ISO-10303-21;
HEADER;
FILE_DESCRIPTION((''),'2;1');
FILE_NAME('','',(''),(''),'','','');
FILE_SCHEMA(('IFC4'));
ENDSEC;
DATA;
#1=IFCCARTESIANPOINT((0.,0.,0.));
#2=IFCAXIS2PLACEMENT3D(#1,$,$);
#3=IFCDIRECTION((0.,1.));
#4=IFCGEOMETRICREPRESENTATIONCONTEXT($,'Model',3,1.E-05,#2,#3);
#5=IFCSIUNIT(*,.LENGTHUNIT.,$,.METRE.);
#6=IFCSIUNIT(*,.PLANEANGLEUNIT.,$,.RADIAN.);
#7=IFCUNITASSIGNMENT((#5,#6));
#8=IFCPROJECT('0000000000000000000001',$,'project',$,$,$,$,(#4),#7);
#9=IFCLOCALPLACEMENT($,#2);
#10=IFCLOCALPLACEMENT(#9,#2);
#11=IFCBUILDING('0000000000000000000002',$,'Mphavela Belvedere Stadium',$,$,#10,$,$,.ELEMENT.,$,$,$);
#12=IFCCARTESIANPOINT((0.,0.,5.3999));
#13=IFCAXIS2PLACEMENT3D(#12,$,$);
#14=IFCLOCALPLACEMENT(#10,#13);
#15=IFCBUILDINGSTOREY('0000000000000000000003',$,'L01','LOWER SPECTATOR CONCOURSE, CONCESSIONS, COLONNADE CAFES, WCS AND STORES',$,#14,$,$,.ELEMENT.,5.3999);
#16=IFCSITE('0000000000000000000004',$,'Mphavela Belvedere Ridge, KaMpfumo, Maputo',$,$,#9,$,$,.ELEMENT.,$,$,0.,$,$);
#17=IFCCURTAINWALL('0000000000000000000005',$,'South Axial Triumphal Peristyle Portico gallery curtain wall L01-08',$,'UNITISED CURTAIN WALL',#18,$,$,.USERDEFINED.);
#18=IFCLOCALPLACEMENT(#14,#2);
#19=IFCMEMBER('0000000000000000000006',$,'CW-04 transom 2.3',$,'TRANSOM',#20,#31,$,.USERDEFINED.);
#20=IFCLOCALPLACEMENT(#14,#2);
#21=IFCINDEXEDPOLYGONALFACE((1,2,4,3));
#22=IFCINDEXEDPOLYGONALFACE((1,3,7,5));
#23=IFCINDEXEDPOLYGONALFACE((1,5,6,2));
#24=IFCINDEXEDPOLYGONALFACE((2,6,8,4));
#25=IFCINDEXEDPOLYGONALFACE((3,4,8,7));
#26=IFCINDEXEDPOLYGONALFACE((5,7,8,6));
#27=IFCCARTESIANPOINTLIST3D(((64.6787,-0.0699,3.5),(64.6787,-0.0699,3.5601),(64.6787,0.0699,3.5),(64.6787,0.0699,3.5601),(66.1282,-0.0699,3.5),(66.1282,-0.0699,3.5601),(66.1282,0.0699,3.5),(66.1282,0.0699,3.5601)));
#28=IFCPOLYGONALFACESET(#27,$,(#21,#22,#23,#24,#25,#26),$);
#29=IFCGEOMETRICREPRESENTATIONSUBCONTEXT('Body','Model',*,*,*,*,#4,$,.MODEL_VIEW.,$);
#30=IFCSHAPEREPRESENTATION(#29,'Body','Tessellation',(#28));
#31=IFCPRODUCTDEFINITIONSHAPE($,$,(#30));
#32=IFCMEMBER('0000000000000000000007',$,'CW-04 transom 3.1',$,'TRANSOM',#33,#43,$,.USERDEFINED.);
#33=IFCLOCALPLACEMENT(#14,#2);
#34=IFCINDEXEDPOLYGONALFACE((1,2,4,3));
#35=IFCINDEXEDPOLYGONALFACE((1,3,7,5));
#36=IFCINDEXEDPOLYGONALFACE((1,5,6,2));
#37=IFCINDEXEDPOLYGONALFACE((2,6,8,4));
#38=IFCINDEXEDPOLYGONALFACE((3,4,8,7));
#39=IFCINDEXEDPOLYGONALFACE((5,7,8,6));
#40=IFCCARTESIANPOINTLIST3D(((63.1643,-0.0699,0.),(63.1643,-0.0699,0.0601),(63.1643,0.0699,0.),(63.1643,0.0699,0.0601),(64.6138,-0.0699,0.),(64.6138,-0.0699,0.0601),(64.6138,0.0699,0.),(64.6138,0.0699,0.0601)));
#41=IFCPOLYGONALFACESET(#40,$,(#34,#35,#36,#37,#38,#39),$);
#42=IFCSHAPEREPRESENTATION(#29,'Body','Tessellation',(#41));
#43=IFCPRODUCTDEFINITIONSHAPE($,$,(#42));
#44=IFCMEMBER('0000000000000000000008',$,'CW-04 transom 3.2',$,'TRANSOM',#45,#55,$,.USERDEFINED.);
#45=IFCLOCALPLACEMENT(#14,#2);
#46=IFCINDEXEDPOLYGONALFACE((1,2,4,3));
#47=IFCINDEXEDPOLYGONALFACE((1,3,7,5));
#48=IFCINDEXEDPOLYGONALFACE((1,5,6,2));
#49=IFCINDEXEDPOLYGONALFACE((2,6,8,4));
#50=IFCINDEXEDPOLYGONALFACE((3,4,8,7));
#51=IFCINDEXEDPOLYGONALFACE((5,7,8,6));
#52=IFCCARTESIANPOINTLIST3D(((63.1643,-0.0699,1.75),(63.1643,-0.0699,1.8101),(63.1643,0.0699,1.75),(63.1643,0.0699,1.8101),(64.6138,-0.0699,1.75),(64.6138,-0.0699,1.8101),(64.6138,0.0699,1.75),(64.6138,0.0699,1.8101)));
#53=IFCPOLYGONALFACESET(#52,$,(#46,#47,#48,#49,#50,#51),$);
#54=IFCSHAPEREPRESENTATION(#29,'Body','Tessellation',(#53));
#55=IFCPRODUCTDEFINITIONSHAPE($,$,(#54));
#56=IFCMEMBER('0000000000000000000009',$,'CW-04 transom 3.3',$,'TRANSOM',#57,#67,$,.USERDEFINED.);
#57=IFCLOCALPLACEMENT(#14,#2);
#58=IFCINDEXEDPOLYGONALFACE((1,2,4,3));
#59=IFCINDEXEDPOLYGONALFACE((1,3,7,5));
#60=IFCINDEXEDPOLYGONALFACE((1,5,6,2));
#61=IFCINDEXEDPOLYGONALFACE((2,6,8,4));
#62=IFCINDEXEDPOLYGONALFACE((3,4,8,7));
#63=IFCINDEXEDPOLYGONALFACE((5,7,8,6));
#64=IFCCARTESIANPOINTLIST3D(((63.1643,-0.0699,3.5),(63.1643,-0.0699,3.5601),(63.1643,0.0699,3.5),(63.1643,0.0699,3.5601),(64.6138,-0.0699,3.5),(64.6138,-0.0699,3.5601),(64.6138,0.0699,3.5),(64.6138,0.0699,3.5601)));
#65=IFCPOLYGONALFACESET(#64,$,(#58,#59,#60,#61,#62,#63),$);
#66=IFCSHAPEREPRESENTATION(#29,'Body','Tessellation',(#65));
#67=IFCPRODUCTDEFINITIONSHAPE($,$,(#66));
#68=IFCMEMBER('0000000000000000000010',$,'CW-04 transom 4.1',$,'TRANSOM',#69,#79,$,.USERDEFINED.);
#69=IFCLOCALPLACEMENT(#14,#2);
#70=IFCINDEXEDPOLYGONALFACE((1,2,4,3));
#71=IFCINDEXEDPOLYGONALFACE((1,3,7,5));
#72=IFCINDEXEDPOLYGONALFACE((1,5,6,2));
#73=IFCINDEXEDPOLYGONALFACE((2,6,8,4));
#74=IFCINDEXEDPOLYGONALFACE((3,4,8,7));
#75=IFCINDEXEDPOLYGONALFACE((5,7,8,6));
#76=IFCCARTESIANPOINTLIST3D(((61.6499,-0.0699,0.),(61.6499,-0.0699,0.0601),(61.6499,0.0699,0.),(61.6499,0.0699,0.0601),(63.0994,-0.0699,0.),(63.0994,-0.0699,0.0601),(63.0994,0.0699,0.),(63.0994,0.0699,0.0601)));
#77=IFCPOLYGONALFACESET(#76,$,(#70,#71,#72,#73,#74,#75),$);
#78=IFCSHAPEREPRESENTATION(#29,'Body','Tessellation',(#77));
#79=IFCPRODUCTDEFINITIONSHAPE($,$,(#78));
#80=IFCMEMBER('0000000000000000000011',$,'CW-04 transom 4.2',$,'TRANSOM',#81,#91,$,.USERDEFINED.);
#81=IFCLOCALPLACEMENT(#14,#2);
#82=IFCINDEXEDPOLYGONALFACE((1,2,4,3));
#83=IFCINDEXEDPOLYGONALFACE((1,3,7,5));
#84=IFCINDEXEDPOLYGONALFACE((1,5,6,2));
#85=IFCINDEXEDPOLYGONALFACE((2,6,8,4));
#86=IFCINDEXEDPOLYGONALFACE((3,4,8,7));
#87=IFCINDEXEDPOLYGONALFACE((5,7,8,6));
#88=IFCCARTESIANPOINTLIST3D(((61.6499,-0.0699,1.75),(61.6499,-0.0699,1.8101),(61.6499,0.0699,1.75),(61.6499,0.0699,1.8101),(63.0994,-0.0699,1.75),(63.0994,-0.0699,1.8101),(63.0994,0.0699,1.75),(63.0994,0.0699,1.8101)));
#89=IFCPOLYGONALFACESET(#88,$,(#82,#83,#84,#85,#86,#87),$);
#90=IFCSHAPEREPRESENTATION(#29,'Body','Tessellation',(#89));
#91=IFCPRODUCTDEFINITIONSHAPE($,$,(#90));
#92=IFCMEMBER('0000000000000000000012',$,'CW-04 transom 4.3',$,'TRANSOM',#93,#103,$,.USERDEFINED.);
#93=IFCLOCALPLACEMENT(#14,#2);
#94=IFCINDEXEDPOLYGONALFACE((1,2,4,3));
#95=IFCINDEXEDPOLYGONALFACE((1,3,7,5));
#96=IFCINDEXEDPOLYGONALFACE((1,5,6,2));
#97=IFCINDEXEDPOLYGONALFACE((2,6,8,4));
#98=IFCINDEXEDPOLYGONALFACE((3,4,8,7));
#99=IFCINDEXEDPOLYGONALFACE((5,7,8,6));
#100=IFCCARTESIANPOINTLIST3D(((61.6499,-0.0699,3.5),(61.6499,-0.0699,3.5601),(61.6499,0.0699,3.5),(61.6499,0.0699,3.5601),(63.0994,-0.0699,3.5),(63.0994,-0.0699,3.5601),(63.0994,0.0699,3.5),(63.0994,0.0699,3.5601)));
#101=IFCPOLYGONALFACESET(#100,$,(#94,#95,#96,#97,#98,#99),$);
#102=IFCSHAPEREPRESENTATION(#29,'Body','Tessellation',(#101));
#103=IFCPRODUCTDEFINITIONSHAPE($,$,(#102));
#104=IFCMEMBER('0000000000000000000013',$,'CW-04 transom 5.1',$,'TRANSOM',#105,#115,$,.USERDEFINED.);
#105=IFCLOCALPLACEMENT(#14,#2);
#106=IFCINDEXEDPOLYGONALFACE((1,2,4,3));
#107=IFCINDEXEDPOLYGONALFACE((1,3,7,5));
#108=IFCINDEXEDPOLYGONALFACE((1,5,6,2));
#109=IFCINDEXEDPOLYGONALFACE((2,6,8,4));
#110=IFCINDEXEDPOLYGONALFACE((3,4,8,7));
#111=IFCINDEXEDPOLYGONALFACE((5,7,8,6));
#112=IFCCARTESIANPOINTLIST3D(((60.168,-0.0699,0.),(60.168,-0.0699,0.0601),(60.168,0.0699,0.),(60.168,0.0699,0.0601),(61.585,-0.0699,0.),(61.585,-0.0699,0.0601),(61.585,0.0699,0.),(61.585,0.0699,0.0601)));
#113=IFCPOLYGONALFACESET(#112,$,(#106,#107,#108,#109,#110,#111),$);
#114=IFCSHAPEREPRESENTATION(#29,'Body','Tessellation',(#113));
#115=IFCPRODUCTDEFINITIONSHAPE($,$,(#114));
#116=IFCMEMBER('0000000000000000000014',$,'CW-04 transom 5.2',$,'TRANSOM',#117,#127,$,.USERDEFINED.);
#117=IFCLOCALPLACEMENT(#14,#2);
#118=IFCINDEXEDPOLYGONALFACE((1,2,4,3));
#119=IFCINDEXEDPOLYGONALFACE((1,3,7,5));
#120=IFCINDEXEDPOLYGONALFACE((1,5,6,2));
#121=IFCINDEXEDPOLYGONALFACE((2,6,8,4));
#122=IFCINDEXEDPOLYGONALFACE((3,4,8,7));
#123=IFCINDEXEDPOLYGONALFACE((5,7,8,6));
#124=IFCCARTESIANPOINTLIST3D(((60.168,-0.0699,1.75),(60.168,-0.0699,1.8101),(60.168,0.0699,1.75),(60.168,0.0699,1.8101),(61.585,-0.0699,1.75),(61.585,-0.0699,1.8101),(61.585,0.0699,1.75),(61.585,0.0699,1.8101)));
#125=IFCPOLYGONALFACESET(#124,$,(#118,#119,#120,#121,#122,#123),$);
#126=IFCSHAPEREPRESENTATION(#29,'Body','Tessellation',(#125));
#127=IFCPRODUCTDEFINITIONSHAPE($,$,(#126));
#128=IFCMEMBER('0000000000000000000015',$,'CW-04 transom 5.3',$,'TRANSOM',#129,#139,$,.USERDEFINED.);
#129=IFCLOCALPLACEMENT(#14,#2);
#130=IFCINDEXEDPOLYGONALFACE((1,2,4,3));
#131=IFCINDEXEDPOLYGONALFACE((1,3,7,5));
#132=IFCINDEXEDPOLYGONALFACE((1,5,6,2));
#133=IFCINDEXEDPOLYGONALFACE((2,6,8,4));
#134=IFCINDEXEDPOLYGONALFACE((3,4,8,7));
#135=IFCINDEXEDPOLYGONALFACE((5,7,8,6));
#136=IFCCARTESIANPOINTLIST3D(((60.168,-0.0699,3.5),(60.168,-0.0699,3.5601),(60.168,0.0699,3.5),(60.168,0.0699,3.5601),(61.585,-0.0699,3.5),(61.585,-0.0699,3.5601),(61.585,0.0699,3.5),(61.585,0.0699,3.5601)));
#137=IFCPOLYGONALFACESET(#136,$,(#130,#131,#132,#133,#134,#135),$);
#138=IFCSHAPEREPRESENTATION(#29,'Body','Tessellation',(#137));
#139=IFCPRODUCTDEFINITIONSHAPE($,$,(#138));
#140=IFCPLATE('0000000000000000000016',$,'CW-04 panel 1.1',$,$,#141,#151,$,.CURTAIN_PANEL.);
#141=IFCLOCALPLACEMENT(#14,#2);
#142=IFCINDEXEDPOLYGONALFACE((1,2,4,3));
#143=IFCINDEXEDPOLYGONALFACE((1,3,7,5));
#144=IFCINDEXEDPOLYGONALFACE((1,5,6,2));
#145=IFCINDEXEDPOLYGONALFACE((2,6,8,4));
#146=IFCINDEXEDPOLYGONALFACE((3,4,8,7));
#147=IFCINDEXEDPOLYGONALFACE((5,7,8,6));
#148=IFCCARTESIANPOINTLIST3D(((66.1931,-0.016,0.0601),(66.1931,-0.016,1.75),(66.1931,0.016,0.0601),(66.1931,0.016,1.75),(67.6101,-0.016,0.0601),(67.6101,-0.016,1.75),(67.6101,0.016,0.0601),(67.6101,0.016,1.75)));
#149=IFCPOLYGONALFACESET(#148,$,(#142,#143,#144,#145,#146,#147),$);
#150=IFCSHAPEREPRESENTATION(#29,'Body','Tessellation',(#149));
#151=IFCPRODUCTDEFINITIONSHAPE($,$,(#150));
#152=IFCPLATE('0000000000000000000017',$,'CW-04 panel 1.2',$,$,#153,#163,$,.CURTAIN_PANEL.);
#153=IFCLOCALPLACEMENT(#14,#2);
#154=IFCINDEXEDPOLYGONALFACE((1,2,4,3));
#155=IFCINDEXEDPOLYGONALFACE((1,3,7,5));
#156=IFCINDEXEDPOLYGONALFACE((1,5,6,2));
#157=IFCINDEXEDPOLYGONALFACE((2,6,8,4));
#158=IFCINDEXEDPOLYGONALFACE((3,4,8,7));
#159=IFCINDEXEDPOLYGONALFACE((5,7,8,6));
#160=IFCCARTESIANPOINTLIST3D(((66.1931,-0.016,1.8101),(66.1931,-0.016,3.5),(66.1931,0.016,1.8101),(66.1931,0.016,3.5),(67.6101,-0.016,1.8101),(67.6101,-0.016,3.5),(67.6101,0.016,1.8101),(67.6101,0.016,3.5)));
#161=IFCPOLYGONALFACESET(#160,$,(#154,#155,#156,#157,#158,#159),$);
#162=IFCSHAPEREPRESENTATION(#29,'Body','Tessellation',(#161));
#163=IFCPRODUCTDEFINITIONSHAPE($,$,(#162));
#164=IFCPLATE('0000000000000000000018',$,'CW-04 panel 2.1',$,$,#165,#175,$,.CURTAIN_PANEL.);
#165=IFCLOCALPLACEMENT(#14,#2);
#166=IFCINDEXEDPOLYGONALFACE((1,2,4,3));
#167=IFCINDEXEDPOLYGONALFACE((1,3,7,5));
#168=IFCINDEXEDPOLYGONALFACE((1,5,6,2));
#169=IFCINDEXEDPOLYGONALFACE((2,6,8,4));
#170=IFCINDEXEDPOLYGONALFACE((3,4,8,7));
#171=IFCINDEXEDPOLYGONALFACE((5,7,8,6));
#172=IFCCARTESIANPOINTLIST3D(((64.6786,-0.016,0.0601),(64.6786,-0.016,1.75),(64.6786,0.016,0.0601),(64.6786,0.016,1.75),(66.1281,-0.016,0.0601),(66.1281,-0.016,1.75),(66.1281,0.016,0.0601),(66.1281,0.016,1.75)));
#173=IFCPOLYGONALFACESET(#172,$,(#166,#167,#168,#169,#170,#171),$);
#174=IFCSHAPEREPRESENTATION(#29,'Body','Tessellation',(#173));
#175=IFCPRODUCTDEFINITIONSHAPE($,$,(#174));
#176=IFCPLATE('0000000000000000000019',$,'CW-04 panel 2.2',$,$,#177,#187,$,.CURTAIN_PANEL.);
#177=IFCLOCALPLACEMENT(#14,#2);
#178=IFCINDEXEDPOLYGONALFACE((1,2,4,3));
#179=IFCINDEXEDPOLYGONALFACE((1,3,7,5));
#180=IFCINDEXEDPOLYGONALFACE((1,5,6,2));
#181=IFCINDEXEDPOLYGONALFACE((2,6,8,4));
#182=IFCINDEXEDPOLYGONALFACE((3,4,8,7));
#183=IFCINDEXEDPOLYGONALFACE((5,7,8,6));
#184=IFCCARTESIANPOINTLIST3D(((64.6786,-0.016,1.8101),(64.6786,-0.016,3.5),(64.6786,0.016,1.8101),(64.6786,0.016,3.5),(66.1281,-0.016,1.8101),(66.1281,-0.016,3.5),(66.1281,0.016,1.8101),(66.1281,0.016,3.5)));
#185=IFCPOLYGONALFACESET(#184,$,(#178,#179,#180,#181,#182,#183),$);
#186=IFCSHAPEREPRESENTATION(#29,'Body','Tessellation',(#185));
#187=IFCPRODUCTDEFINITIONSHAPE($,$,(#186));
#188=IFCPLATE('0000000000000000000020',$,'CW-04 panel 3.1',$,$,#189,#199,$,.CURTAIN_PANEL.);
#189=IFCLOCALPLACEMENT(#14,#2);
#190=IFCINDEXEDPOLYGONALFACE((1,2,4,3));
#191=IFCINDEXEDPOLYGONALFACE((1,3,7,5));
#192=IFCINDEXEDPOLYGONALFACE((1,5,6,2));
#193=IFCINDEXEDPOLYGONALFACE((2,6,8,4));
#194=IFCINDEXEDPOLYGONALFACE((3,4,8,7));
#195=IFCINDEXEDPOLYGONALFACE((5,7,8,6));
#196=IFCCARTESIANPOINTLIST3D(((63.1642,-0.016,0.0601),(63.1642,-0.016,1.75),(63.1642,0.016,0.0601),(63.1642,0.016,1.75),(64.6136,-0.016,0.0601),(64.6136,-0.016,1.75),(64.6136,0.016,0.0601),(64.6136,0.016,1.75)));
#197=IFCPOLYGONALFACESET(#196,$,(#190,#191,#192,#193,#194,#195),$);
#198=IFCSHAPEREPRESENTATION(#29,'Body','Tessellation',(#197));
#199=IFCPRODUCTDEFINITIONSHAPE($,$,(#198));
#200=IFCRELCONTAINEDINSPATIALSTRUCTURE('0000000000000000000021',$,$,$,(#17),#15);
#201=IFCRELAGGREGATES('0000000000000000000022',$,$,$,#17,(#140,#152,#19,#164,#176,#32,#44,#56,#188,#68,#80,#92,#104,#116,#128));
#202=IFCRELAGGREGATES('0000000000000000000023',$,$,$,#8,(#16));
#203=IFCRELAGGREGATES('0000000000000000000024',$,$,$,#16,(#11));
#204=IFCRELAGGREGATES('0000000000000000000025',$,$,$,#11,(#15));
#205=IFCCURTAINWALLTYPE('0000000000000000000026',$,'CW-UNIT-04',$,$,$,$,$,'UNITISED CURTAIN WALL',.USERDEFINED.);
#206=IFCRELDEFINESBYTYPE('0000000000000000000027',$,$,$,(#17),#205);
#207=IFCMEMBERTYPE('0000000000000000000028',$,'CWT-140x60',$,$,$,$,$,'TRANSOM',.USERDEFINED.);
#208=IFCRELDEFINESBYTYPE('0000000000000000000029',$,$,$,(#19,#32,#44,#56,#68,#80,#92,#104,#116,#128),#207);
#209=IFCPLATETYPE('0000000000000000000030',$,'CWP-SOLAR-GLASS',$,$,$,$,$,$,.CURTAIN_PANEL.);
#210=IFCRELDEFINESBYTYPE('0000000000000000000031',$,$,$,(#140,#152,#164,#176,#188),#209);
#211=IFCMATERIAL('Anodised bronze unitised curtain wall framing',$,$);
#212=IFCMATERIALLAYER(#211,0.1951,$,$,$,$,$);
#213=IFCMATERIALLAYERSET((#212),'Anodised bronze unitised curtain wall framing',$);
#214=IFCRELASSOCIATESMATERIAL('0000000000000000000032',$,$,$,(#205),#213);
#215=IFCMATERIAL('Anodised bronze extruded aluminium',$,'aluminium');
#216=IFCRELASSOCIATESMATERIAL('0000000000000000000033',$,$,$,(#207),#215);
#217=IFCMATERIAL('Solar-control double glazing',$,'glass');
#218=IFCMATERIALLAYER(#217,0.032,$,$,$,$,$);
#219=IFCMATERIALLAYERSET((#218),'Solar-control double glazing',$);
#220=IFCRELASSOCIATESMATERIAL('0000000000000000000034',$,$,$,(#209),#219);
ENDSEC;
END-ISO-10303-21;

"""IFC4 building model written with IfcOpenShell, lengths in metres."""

from ifc_helpers import new_model, si_unit, direction, frame, origin, origin_2d, place, context, subcontext, project, spatial, rectangle, extrude, material, layer, layer_set, material_profile, profile_set, type_object, element, aggregate, save


model = new_model("IFC4")

# Units and contexts
model_context = context("Model", 3, precision=1e-05, world=origin(), true_north=direction((0.0, 1.0)))
body_context = subcontext(model_context, "Body", "Model", "MODEL_VIEW")
ifc_project = project(units=[si_unit("LENGTHUNIT", "METRE"), si_unit("PLANEANGLEUNIT", "RADIAN")], contexts=[model_context])

# Site, building, storey
site_placement = place(None, origin())
site = spatial("IfcSite", under=ifc_project, at=site_placement, Name="Mphavela Belvedere Ridge, KaMpfumo, Maputo", CompositionType="ELEMENT", RefElevation=0.0)
building_placement = place(site_placement, origin())
building = spatial("IfcBuilding", under=site, at=building_placement, Name="Mphavela Belvedere Stadium", CompositionType="ELEMENT")
storey_placement = place(building_placement, frame((0.0, 0.0, 5.3999)))
storey = spatial("IfcBuildingStorey", under=building, at=storey_placement, Name="L01", Description="LOWER SPECTATOR CONCOURSE, CONCESSIONS, COLONNADE CAFES, WCS AND STORES", CompositionType="ELEMENT", Elevation=5.3999)

# Curtain wall, members, plates
ifc_material_1 = material(Name="Anodised bronze unitised curtain wall framing")
ifc_layer_1 = layer(ifc_material_1, 0.1951)
ifc_layer_set_1 = layer_set([ifc_layer_1], Name="Anodised bronze unitised curtain wall framing")
curtain_wall_type = type_object("IfcCurtainWallType", Name="CW-UNIT-04", ElementType="UNITISED CURTAIN WALL", PredefinedType="USERDEFINED", material=ifc_layer_set_1)
curtain_wall_placement = place(storey_placement, origin())
curtain_wall = element("IfcCurtainWall", 1, at=curtain_wall_placement, inside=storey, type_object=curtain_wall_type, Name="South Axial Triumphal Peristyle Portico gallery curtain wall L01-08", ObjectType="UNITISED CURTAIN WALL", PredefinedType="USERDEFINED")
ifc_material_2 = material(Name="Anodised bronze extruded aluminium", Category="aluminium")
ifc_material_profile_1 = material_profile(ifc_material_2, rectangle(XDim=0.1399, YDim=0.0601, at=origin_2d()), Name="CW-TRN 140x60")
ifc_profile_set_1 = profile_set([ifc_material_profile_1], Name="Anodised bronze extruded aluminium")
member_type_1 = type_object("IfcMemberType", Name="CWT-140x60", ElementType="TRANSOM", PredefinedType="USERDEFINED", material=ifc_profile_set_1)
member_1_placement = place(storey_placement, frame((66.1282, 0.0, 3.53), z_axis=(-1.0, 0.0, 0.0), x_axis=(0.0, -1.0, 0.0)))
member_1 = element("IfcMember", 2, at=member_1_placement, type_object=member_type_1, Name="CW-04 transom 2.3", ObjectType="TRANSOM", PredefinedType="USERDEFINED", context=body_context, shape_type="SweptSolid", body=[
    extrude(rectangle(XDim=0.1399, YDim=0.0601, at=origin_2d()), origin(), (0.0, 0.0, 1.0), 1.4495),
])
member_2_placement = place(storey_placement, frame((64.6138, 0.0, 0.03), z_axis=(-1.0, 0.0, 0.0), x_axis=(0.0, -1.0, 0.0)))
member_2 = element("IfcMember", 3, at=member_2_placement, type_object=member_type_1, Name="CW-04 transom 3.1", ObjectType="TRANSOM", PredefinedType="USERDEFINED", context=body_context, shape_type="SweptSolid", body=[
    extrude(rectangle(XDim=0.1399, YDim=0.0601, at=origin_2d()), origin(), (0.0, 0.0, 1.0), 1.4495),
])
member_3_placement = place(storey_placement, frame((64.6138, 0.0, 1.78), z_axis=(-1.0, 0.0, 0.0), x_axis=(0.0, -1.0, 0.0)))
member_3 = element("IfcMember", 4, at=member_3_placement, type_object=member_type_1, Name="CW-04 transom 3.2", ObjectType="TRANSOM", PredefinedType="USERDEFINED", context=body_context, shape_type="SweptSolid", body=[
    extrude(rectangle(XDim=0.1399, YDim=0.0601, at=origin_2d()), origin(), (0.0, 0.0, 1.0), 1.4495),
])
member_4_placement = place(storey_placement, frame((64.6138, 0.0, 3.53), z_axis=(-1.0, 0.0, 0.0), x_axis=(0.0, -1.0, 0.0)))
member_4 = element("IfcMember", 5, at=member_4_placement, type_object=member_type_1, Name="CW-04 transom 3.3", ObjectType="TRANSOM", PredefinedType="USERDEFINED", context=body_context, shape_type="SweptSolid", body=[
    extrude(rectangle(XDim=0.1399, YDim=0.0601, at=origin_2d()), origin(), (0.0, 0.0, 1.0), 1.4495),
])
member_5_placement = place(storey_placement, frame((63.0994, 0.0, 0.03), z_axis=(-1.0, 0.0, 0.0), x_axis=(0.0, -1.0, 0.0)))
member_5 = element("IfcMember", 6, at=member_5_placement, type_object=member_type_1, Name="CW-04 transom 4.1", ObjectType="TRANSOM", PredefinedType="USERDEFINED", context=body_context, shape_type="SweptSolid", body=[
    extrude(rectangle(XDim=0.1399, YDim=0.0601, at=origin_2d()), origin(), (0.0, 0.0, 1.0), 1.4495),
])
member_6_placement = place(storey_placement, frame((63.0994, 0.0, 1.78), z_axis=(-1.0, 0.0, 0.0), x_axis=(0.0, -1.0, 0.0)))
member_6 = element("IfcMember", 7, at=member_6_placement, type_object=member_type_1, Name="CW-04 transom 4.2", ObjectType="TRANSOM", PredefinedType="USERDEFINED", context=body_context, shape_type="SweptSolid", body=[
    extrude(rectangle(XDim=0.1399, YDim=0.0601, at=origin_2d()), origin(), (0.0, 0.0, 1.0), 1.4495),
])
member_7_placement = place(storey_placement, frame((63.0994, 0.0, 3.53), z_axis=(-1.0, 0.0, 0.0), x_axis=(0.0, -1.0, 0.0)))
member_7 = element("IfcMember", 8, at=member_7_placement, type_object=member_type_1, Name="CW-04 transom 4.3", ObjectType="TRANSOM", PredefinedType="USERDEFINED", context=body_context, shape_type="SweptSolid", body=[
    extrude(rectangle(XDim=0.1399, YDim=0.0601, at=origin_2d()), origin(), (0.0, 0.0, 1.0), 1.4495),
])
member_8_placement = place(storey_placement, frame((61.585, 0.0, 0.03), z_axis=(-1.0, 0.0, 0.0), x_axis=(0.0, -1.0, 0.0)))
member_8 = element("IfcMember", 9, at=member_8_placement, type_object=member_type_1, Name="CW-04 transom 5.1", ObjectType="TRANSOM", PredefinedType="USERDEFINED", context=body_context, shape_type="SweptSolid", body=[
    extrude(rectangle(XDim=0.1399, YDim=0.0601, at=origin_2d()), origin(), (0.0, 0.0, 1.0), 1.417),
])
member_9_placement = place(storey_placement, frame((61.585, 0.0, 1.78), z_axis=(-1.0, 0.0, 0.0), x_axis=(0.0, -1.0, 0.0)))
member_9 = element("IfcMember", 10, at=member_9_placement, type_object=member_type_1, Name="CW-04 transom 5.2", ObjectType="TRANSOM", PredefinedType="USERDEFINED", context=body_context, shape_type="SweptSolid", body=[
    extrude(rectangle(XDim=0.1399, YDim=0.0601, at=origin_2d()), origin(), (0.0, 0.0, 1.0), 1.417),
])
member_10_placement = place(storey_placement, frame((61.585, 0.0, 3.53), z_axis=(-1.0, 0.0, 0.0), x_axis=(0.0, -1.0, 0.0)))
member_10 = element("IfcMember", 11, at=member_10_placement, type_object=member_type_1, Name="CW-04 transom 5.3", ObjectType="TRANSOM", PredefinedType="USERDEFINED", context=body_context, shape_type="SweptSolid", body=[
    extrude(rectangle(XDim=0.1399, YDim=0.0601, at=origin_2d()), origin(), (0.0, 0.0, 1.0), 1.417),
])
ifc_material_3 = material(Name="Solar-control double glazing", Category="glass")
ifc_layer_2 = layer(ifc_material_3, 0.032)
ifc_layer_set_2 = layer_set([ifc_layer_2], Name="Solar-control double glazing")
plate_type = type_object("IfcPlateType", Name="CWP-SOLAR-GLASS", PredefinedType="CURTAIN_PANEL", material=ifc_layer_set_2)
plate_1_placement = place(storey_placement, frame((66.9016, 0.0, 0.0601), z_axis=(0.0, 0.0, 1.0), x_axis=(-1.0, 0.0, 0.0)))
plate_1 = element("IfcPlate", 12, at=plate_1_placement, type_object=plate_type, Name="CW-04 panel 1.1", PredefinedType="CURTAIN_PANEL", context=body_context, shape_type="SweptSolid", body=[
    extrude(rectangle(XDim=1.417, YDim=0.032, at=origin_2d()), origin(), (0.0, 0.0, 1.0), 1.6899),
])
plate_2_placement = place(storey_placement, frame((66.9016, 0.0, 1.8101), z_axis=(0.0, 0.0, 1.0), x_axis=(-1.0, 0.0, 0.0)))
plate_2 = element("IfcPlate", 13, at=plate_2_placement, type_object=plate_type, Name="CW-04 panel 1.2", PredefinedType="CURTAIN_PANEL", context=body_context, shape_type="SweptSolid", body=[
    extrude(rectangle(XDim=1.417, YDim=0.032, at=origin_2d()), origin(), (0.0, 0.0, 1.0), 1.6899),
])
plate_3_placement = place(storey_placement, frame((65.4033, 0.0, 0.0601), z_axis=(0.0, 0.0, 1.0), x_axis=(-1.0, 0.0, 0.0)))
plate_3 = element("IfcPlate", 14, at=plate_3_placement, type_object=plate_type, Name="CW-04 panel 2.1", PredefinedType="CURTAIN_PANEL", context=body_context, shape_type="SweptSolid", body=[
    extrude(rectangle(XDim=1.4495, YDim=0.032, at=origin_2d()), origin(), (0.0, 0.0, 1.0), 1.6899),
])
plate_4_placement = place(storey_placement, frame((65.4033, 0.0, 1.8101), z_axis=(0.0, 0.0, 1.0), x_axis=(-1.0, 0.0, 0.0)))
plate_4 = element("IfcPlate", 15, at=plate_4_placement, type_object=plate_type, Name="CW-04 panel 2.2", PredefinedType="CURTAIN_PANEL", context=body_context, shape_type="SweptSolid", body=[
    extrude(rectangle(XDim=1.4495, YDim=0.032, at=origin_2d()), origin(), (0.0, 0.0, 1.0), 1.6899),
])
plate_5_placement = place(storey_placement, frame((63.8889, 0.0, 0.0601), z_axis=(0.0, 0.0, 1.0), x_axis=(-1.0, 0.0, 0.0)))
plate_5 = element("IfcPlate", 16, at=plate_5_placement, type_object=plate_type, Name="CW-04 panel 3.1", PredefinedType="CURTAIN_PANEL", context=body_context, shape_type="SweptSolid", body=[
    extrude(rectangle(XDim=1.4495, YDim=0.032, at=origin_2d()), origin(), (0.0, 0.0, 1.0), 1.6899),
])
aggregate(curtain_wall, [plate_1, plate_2, member_1, plate_3, plate_4, member_2, member_3, member_4, plate_5, member_5, member_6, member_7, member_8, member_9, member_10])

save(model, "model.ifc")
